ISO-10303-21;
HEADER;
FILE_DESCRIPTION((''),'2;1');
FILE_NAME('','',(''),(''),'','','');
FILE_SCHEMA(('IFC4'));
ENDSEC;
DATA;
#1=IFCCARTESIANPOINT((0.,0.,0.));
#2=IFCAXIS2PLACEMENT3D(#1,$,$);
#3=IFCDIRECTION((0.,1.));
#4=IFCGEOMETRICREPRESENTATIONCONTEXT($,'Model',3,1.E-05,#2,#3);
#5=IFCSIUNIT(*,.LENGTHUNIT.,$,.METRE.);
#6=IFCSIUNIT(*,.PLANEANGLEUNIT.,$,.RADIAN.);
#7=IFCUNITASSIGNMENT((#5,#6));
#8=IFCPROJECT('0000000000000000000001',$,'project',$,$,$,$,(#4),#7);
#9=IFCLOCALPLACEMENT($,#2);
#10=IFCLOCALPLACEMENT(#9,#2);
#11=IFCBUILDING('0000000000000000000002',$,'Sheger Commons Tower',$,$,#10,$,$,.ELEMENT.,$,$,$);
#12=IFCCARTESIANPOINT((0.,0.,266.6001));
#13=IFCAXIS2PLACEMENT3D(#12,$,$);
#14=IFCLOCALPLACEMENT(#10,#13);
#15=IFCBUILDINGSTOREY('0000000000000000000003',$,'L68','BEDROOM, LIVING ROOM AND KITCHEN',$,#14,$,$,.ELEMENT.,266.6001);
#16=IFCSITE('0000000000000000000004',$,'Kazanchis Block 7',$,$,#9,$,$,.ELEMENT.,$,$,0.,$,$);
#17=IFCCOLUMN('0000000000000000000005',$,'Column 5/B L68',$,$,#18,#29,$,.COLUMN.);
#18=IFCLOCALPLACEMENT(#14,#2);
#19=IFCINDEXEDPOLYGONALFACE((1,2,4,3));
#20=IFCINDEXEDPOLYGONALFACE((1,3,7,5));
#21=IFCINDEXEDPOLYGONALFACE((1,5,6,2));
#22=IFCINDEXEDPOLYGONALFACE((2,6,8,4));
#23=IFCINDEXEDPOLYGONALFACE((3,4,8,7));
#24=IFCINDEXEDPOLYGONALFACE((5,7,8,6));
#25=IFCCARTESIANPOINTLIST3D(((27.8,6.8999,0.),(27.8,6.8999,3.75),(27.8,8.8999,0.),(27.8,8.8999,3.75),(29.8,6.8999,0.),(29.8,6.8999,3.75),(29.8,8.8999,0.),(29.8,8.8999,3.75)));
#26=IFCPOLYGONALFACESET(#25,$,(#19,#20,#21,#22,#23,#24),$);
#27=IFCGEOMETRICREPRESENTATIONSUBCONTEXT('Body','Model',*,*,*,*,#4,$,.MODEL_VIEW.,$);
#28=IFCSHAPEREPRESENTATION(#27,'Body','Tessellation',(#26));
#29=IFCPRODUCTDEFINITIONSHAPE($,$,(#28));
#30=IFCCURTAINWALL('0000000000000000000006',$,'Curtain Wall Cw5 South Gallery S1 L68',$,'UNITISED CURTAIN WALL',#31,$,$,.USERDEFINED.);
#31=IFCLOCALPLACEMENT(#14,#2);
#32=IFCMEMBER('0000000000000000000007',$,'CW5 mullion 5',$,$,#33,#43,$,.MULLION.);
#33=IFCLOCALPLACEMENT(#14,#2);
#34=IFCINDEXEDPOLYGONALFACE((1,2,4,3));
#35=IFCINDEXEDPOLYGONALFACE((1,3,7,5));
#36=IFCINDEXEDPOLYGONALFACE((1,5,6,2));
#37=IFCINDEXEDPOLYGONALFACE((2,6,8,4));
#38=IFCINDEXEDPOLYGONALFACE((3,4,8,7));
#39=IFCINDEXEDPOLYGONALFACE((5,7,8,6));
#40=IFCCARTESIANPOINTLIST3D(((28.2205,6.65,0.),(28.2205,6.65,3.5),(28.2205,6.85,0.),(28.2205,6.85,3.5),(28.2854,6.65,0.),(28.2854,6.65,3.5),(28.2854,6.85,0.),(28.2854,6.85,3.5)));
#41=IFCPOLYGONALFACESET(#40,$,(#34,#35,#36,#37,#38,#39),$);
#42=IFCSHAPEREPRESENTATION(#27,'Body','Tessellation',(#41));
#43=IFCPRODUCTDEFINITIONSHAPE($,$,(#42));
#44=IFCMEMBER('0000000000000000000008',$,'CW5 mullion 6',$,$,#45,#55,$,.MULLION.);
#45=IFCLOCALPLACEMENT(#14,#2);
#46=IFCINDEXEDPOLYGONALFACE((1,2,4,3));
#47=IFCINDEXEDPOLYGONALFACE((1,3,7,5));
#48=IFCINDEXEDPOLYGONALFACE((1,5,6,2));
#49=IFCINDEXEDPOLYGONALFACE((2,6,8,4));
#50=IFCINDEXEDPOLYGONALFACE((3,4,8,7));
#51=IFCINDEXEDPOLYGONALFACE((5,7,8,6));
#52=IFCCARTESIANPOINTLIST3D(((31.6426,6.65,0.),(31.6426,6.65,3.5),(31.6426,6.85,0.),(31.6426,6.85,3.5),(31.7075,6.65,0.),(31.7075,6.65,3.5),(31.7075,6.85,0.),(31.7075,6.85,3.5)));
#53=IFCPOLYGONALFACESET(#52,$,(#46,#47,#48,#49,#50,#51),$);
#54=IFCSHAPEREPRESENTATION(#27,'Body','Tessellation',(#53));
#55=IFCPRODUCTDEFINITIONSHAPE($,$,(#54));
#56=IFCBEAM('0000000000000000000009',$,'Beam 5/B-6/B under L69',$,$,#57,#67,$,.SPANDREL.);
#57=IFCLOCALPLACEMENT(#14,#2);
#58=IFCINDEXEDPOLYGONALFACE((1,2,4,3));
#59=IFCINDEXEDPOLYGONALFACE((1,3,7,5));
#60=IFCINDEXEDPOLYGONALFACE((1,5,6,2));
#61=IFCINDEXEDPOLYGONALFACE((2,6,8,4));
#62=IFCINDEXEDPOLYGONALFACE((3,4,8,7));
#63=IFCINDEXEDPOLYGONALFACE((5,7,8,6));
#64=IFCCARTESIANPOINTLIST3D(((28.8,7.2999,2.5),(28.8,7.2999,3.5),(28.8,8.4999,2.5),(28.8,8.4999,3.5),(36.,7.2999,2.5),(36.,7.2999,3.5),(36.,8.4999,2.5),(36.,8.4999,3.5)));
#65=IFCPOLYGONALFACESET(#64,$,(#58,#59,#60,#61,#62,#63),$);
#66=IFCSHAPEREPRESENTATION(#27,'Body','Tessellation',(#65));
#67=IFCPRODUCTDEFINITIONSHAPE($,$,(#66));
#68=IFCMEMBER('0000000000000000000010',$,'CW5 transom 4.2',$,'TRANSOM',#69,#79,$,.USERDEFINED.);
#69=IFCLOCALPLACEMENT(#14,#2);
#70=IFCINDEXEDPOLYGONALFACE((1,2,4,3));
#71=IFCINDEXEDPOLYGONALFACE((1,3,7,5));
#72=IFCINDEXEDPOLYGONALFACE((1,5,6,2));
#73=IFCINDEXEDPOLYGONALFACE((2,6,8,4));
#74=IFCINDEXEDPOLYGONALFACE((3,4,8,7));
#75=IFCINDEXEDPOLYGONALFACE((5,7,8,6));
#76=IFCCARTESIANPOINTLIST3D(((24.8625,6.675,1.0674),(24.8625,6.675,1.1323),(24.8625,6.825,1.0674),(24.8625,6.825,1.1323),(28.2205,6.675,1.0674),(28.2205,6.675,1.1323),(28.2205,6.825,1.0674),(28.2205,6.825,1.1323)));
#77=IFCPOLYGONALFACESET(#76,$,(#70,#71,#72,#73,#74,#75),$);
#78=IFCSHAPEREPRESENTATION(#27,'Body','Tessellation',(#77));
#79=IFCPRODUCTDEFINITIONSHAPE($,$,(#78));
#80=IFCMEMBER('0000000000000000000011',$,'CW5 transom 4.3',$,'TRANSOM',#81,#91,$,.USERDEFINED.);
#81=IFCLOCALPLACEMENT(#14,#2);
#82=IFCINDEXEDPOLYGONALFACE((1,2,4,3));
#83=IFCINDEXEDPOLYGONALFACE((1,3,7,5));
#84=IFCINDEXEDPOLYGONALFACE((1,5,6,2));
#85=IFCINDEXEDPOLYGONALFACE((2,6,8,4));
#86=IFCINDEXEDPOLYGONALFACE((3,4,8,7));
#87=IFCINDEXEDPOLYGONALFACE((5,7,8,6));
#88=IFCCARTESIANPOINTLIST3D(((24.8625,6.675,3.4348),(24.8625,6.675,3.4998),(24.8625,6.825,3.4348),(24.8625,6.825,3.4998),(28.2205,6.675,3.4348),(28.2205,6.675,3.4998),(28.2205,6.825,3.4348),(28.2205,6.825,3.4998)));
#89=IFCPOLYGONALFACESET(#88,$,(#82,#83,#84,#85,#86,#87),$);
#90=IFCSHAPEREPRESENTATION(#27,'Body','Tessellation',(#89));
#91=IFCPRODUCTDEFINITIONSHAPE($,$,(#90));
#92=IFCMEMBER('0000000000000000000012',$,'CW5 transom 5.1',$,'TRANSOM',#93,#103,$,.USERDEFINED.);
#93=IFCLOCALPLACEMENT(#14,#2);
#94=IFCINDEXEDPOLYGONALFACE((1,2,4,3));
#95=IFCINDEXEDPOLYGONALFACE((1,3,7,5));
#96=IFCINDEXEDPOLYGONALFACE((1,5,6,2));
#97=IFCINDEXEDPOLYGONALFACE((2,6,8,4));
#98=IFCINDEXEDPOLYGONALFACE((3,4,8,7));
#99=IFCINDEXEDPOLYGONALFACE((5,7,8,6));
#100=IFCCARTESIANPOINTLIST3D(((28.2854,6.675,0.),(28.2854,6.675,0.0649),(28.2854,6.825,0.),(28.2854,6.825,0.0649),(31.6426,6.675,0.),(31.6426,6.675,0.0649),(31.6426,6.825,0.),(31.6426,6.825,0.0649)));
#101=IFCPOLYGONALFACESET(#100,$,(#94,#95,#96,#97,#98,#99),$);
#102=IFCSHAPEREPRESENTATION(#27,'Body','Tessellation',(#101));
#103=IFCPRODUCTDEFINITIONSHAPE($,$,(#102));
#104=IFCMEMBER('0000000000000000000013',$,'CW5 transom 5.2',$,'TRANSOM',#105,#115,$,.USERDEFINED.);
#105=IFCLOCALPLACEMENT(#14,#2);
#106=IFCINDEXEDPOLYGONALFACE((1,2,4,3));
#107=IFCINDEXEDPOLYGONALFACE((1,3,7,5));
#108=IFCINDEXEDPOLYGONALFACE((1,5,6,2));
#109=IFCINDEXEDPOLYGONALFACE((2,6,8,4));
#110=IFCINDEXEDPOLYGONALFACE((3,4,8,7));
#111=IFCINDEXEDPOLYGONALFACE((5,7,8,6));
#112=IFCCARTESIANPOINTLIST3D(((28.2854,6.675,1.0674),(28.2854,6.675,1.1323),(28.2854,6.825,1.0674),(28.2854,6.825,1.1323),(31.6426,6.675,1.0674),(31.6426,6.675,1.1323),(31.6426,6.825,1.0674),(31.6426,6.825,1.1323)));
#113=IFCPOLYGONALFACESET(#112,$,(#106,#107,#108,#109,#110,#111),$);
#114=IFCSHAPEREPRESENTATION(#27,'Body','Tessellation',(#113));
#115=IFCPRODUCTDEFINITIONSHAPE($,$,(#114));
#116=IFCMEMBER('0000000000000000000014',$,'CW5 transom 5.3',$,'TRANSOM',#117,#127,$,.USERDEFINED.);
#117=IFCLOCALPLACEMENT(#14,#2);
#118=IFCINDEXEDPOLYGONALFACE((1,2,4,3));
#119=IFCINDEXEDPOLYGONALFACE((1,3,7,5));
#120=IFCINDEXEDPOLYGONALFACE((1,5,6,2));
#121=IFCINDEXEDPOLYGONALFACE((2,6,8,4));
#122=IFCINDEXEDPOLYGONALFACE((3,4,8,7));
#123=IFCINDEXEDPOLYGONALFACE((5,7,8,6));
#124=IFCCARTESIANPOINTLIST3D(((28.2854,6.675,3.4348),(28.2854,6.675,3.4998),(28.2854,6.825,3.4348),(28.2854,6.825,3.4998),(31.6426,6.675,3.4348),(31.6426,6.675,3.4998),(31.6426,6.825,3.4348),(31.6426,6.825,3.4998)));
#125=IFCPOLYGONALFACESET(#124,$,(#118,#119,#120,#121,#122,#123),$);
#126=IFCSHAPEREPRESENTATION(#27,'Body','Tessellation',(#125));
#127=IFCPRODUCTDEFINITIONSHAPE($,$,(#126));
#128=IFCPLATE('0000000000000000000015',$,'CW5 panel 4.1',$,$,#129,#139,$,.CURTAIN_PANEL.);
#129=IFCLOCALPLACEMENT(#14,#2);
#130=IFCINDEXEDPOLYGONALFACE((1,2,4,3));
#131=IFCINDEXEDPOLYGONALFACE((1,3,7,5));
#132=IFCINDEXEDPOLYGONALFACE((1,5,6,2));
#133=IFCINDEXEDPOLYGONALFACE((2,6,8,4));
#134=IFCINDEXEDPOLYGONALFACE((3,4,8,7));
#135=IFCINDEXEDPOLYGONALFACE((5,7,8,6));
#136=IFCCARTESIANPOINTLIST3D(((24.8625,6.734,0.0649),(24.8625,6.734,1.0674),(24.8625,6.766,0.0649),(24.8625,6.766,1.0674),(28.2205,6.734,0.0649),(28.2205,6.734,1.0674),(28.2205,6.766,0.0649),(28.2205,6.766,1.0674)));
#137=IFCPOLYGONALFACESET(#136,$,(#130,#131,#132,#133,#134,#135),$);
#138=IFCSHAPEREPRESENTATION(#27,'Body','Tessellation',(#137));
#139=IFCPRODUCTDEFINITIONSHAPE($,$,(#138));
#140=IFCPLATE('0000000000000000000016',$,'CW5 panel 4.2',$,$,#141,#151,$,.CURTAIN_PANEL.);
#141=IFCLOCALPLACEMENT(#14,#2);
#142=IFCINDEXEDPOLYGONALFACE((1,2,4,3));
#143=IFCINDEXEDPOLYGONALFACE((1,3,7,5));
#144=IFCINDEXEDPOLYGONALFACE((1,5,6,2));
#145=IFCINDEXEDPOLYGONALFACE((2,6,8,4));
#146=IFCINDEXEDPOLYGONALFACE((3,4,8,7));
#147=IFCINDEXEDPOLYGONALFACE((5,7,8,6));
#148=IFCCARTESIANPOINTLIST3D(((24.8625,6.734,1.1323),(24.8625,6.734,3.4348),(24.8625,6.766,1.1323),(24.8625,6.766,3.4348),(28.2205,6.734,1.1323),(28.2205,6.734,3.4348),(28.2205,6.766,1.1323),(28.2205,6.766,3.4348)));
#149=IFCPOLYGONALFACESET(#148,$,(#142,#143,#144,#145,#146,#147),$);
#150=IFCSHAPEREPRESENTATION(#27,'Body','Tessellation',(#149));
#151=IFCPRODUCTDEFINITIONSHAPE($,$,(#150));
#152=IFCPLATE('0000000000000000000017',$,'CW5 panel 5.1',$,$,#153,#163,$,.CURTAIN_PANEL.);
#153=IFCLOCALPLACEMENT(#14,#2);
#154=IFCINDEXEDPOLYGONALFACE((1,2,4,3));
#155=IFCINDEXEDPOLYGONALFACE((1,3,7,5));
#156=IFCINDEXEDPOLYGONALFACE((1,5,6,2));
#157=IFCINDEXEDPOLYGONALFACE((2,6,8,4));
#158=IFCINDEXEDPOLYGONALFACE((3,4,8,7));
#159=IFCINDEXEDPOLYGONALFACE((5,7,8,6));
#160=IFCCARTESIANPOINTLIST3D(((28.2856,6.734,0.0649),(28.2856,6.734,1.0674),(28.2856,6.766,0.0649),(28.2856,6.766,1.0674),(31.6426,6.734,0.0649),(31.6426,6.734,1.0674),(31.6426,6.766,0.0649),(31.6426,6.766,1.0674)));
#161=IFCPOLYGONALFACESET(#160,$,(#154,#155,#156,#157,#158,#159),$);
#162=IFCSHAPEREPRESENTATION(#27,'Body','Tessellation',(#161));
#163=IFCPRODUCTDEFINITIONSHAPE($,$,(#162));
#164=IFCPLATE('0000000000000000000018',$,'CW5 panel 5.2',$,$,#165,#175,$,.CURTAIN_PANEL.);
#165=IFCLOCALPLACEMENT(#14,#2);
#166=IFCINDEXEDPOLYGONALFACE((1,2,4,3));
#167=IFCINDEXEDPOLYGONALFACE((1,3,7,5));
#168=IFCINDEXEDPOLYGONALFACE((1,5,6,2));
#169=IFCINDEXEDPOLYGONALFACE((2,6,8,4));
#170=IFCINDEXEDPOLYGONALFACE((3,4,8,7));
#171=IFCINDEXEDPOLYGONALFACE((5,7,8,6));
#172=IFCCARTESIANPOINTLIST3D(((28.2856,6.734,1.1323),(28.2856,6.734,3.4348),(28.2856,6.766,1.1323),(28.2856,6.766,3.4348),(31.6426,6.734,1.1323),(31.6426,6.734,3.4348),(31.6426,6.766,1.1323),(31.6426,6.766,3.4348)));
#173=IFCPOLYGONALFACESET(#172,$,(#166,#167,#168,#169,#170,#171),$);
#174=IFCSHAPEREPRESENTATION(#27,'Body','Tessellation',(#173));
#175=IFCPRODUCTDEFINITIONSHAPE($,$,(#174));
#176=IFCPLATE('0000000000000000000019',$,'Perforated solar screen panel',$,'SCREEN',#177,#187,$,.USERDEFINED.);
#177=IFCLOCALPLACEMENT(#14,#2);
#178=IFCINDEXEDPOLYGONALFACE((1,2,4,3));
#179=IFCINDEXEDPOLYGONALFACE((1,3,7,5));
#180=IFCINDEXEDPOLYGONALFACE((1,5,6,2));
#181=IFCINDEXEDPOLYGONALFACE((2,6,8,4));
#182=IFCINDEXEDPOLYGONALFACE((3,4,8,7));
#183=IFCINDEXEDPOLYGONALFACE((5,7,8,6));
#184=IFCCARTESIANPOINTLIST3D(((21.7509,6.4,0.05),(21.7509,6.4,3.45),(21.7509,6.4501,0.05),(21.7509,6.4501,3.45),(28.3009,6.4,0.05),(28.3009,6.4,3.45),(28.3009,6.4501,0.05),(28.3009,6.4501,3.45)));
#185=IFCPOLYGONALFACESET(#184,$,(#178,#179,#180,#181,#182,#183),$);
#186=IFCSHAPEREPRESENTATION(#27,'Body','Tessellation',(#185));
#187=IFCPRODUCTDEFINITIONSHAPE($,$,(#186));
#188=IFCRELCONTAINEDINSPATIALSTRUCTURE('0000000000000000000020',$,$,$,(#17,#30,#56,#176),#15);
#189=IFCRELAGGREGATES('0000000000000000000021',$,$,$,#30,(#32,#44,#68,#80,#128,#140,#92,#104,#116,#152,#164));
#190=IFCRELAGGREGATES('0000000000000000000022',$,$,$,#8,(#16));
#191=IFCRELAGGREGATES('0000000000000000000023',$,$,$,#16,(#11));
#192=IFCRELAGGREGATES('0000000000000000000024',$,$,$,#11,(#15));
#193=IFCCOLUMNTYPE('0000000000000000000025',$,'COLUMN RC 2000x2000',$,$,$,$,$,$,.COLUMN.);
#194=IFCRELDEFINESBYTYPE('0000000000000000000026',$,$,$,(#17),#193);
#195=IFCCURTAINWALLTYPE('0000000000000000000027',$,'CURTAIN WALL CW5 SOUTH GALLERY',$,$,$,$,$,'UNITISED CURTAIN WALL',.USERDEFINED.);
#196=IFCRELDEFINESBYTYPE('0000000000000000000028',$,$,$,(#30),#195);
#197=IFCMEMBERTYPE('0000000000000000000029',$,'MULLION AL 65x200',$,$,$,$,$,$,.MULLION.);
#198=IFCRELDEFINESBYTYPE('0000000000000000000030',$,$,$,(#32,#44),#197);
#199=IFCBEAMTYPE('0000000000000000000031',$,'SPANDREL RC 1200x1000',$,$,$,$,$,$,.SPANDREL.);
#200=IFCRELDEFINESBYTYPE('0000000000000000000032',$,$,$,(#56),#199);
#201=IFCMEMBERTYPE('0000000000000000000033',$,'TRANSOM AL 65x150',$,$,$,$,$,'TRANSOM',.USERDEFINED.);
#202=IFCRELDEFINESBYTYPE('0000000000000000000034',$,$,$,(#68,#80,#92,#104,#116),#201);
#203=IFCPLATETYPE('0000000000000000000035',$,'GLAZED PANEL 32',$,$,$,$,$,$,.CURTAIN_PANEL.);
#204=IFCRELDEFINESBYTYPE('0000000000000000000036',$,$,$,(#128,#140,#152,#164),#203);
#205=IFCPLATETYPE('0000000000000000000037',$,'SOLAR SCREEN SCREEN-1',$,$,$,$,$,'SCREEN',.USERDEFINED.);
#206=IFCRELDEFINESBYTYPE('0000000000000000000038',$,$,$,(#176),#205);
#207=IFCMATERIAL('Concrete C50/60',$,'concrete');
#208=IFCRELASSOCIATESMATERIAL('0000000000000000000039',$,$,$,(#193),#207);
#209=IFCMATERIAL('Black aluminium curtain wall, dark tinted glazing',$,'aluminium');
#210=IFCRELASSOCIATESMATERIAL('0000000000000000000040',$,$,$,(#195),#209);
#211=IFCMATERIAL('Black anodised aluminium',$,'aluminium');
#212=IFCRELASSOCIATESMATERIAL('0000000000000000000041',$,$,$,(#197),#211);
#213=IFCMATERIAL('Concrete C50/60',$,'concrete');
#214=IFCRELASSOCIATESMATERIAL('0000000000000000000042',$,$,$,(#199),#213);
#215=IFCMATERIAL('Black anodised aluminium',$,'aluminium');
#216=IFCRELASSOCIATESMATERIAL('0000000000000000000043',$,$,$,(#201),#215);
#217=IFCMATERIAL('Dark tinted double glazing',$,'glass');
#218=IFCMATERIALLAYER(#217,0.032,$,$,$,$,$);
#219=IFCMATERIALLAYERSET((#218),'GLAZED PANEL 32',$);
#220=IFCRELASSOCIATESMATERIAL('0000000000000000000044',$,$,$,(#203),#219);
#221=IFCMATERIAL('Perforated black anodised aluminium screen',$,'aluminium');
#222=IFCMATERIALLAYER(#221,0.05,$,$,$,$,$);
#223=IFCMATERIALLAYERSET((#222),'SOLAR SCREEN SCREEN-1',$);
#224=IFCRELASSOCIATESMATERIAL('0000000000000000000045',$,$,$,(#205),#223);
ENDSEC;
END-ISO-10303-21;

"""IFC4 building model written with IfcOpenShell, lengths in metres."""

from ifc_helpers import new_model, si_unit, direction, frame, origin, origin_2d, place, context, subcontext, project, spatial, rectangle, extrude, material, layer, layer_set, material_profile, profile_set, type_object, element, aggregate, save


model = new_model("IFC4")

# Units and contexts
model_context = context("Model", 3, precision=1e-05, world=origin(), true_north=direction((0.0, 1.0)))
body_context = subcontext(model_context, "Body", "Model", "MODEL_VIEW")
ifc_project = project(units=[si_unit("LENGTHUNIT", "METRE"), si_unit("PLANEANGLEUNIT", "RADIAN")], contexts=[model_context])

# Site, building, storey
site_placement = place(None, origin())
site = spatial("IfcSite", under=ifc_project, at=site_placement, Name="Kazanchis Block 7", CompositionType="ELEMENT", RefElevation=0.0)
building_placement = place(site_placement, origin())
building = spatial("IfcBuilding", under=site, at=building_placement, Name="Sheger Commons Tower", CompositionType="ELEMENT")
storey_placement = place(building_placement, frame((0.0, 0.0, 266.6001)))
storey = spatial("IfcBuildingStorey", under=building, at=storey_placement, Name="L68", Description="BEDROOM, LIVING ROOM AND KITCHEN", CompositionType="ELEMENT", Elevation=266.6001)

# Column
ifc_material_1 = material(Name="Concrete C50/60", Category="concrete")
ifc_material_profile_1 = material_profile(ifc_material_1, rectangle(XDim=2.0, YDim=2.0, at=origin_2d()), Name="RC 2000x2000")
ifc_profile_set_1 = profile_set([ifc_material_profile_1], Name="Concrete C50/60")
column_type = type_object("IfcColumnType", Name="COLUMN RC 2000x2000", PredefinedType="COLUMN", material=ifc_profile_set_1)
column_placement = place(storey_placement, frame((28.8, 7.8999, 0.0), z_axis=(0.0, 0.0, 1.0), x_axis=(1.0, 0.0, 0.0)))
element("IfcColumn", 1, at=column_placement, inside=storey, type_object=column_type, Name="Column 5/B L68", PredefinedType="COLUMN", context=body_context, shape_type="SweptSolid", body=[
    extrude(rectangle(XDim=2.0, YDim=2.0, at=origin_2d()), origin(), (0.0, 0.0, 1.0), 3.75),
])

# Curtain wall, members
ifc_material_2 = material(Name="Black aluminium curtain wall, dark tinted glazing", Category="aluminium")
curtain_wall_type = type_object("IfcCurtainWallType", Name="CURTAIN WALL CW5 SOUTH GALLERY", ElementType="UNITISED CURTAIN WALL", PredefinedType="USERDEFINED", material=ifc_material_2)
curtain_wall_placement = place(storey_placement, origin())
curtain_wall = element("IfcCurtainWall", 2, at=curtain_wall_placement, inside=storey, type_object=curtain_wall_type, Name="Curtain Wall Cw5 South Gallery S1 L68", ObjectType="UNITISED CURTAIN WALL", PredefinedType="USERDEFINED")
ifc_material_3 = material(Name="Black anodised aluminium", Category="aluminium")
ifc_material_profile_2 = material_profile(ifc_material_3, rectangle(XDim=0.2, YDim=0.0649, at=origin_2d()), Name="AL 65x200")
ifc_profile_set_2 = profile_set([ifc_material_profile_2], Name="Black anodised aluminium")
member_type_1 = type_object("IfcMemberType", Name="MULLION AL 65x200", PredefinedType="MULLION", material=ifc_profile_set_2)
member_1_placement = place(storey_placement, frame((28.2529, 6.75, 0.0), z_axis=(0.0, 0.0, 1.0), x_axis=(0.0, 1.0, 0.0)))
member_1 = element("IfcMember", 3, at=member_1_placement, type_object=member_type_1, Name="CW5 mullion 5", PredefinedType="MULLION", context=body_context, shape_type="SweptSolid", body=[
    extrude(rectangle(XDim=0.2, YDim=0.0649, at=origin_2d()), origin(), (0.0, 0.0, 1.0), 3.5),
])
member_2_placement = place(storey_placement, frame((31.675, 6.75, 0.0), z_axis=(0.0, 0.0, 1.0), x_axis=(0.0, 1.0, 0.0)))
member_2 = element("IfcMember", 4, at=member_2_placement, type_object=member_type_1, Name="CW5 mullion 6", PredefinedType="MULLION", context=body_context, shape_type="SweptSolid", body=[
    extrude(rectangle(XDim=0.2, YDim=0.0649, at=origin_2d()), origin(), (0.0, 0.0, 1.0), 3.5),
])

# Beam
ifc_material_4 = material(Name="Concrete C50/60", Category="concrete")
ifc_material_profile_3 = material_profile(ifc_material_4, rectangle(XDim=1.2, YDim=1.0, at=origin_2d()), Name="RC 1200x1000")
ifc_profile_set_3 = profile_set([ifc_material_profile_3], Name="Concrete C50/60")
beam_type = type_object("IfcBeamType", Name="SPANDREL RC 1200x1000", PredefinedType="SPANDREL", material=ifc_profile_set_3)
beam_placement = place(storey_placement, frame((28.8, 7.8999, 3.0), z_axis=(1.0, 0.0, 0.0), x_axis=(0.0, 1.0, 0.0)))
element("IfcBeam", 5, at=beam_placement, inside=storey, type_object=beam_type, Name="Beam 5/B-6/B under L69", PredefinedType="SPANDREL", context=body_context, shape_type="SweptSolid", body=[
    extrude(rectangle(XDim=1.2, YDim=1.0, at=origin_2d()), origin(), (0.0, 0.0, 1.0), 7.2),
])

# Members
ifc_material_5 = material(Name="Black anodised aluminium", Category="aluminium")
ifc_material_profile_4 = material_profile(ifc_material_5, rectangle(XDim=0.1499, YDim=0.0649, at=origin_2d()), Name="AL 65x150")
ifc_profile_set_4 = profile_set([ifc_material_profile_4], Name="Black anodised aluminium")
member_type_2 = type_object("IfcMemberType", Name="TRANSOM AL 65x150", ElementType="TRANSOM", PredefinedType="USERDEFINED", material=ifc_profile_set_4)
member_3_placement = place(storey_placement, frame((24.8625, 6.75, 1.0999), z_axis=(1.0, 0.0, 0.0), x_axis=(0.0, 1.0, 0.0)))
member_3 = element("IfcMember", 6, at=member_3_placement, type_object=member_type_2, Name="CW5 transom 4.2", ObjectType="TRANSOM", PredefinedType="USERDEFINED", context=body_context, shape_type="SweptSolid", body=[
    extrude(rectangle(XDim=0.1499, YDim=0.0649, at=origin_2d()), origin(), (0.0, 0.0, 1.0), 3.3579),
])
member_4_placement = place(storey_placement, frame((24.8625, 6.75, 3.4673), z_axis=(1.0, 0.0, 0.0), x_axis=(0.0, 1.0, 0.0)))
member_4 = element("IfcMember", 7, at=member_4_placement, type_object=member_type_2, Name="CW5 transom 4.3", ObjectType="TRANSOM", PredefinedType="USERDEFINED", context=body_context, shape_type="SweptSolid", body=[
    extrude(rectangle(XDim=0.1499, YDim=0.0649, at=origin_2d()), origin(), (0.0, 0.0, 1.0), 3.3579),
])
member_5_placement = place(storey_placement, frame((28.2854, 6.75, 0.0325), z_axis=(1.0, 0.0, 0.0), x_axis=(0.0, 1.0, 0.0)))
member_5 = element("IfcMember", 8, at=member_5_placement, type_object=member_type_2, Name="CW5 transom 5.1", ObjectType="TRANSOM", PredefinedType="USERDEFINED", context=body_context, shape_type="SweptSolid", body=[
    extrude(rectangle(XDim=0.1499, YDim=0.0649, at=origin_2d()), origin(), (0.0, 0.0, 1.0), 3.3572),
])
member_6_placement = place(storey_placement, frame((28.2854, 6.75, 1.0999), z_axis=(1.0, 0.0, 0.0), x_axis=(0.0, 1.0, 0.0)))
member_6 = element("IfcMember", 9, at=member_6_placement, type_object=member_type_2, Name="CW5 transom 5.2", ObjectType="TRANSOM", PredefinedType="USERDEFINED", context=body_context, shape_type="SweptSolid", body=[
    extrude(rectangle(XDim=0.1499, YDim=0.0649, at=origin_2d()), origin(), (0.0, 0.0, 1.0), 3.3572),
])
member_7_placement = place(storey_placement, frame((28.2854, 6.75, 3.4673), z_axis=(1.0, 0.0, 0.0), x_axis=(0.0, 1.0, 0.0)))
member_7 = element("IfcMember", 10, at=member_7_placement, type_object=member_type_2, Name="CW5 transom 5.3", ObjectType="TRANSOM", PredefinedType="USERDEFINED", context=body_context, shape_type="SweptSolid", body=[
    extrude(rectangle(XDim=0.1499, YDim=0.0649, at=origin_2d()), origin(), (0.0, 0.0, 1.0), 3.3572),
])

# Plates
ifc_material_6 = material(Name="Dark tinted double glazing", Category="glass")
ifc_layer_1 = layer(ifc_material_6, 0.032)
ifc_layer_set_1 = layer_set([ifc_layer_1], Name="GLAZED PANEL 32")
plate_type_1 = type_object("IfcPlateType", Name="GLAZED PANEL 32", PredefinedType="CURTAIN_PANEL", material=ifc_layer_set_1)
plate_1_placement = place(storey_placement, frame((26.5415, 6.75, 0.0649), z_axis=(0.0, 0.0, 1.0), x_axis=(1.0, 0.0, 0.0)))
plate_1 = element("IfcPlate", 11, at=plate_1_placement, type_object=plate_type_1, Name="CW5 panel 4.1", PredefinedType="CURTAIN_PANEL", context=body_context, shape_type="SweptSolid", body=[
    extrude(rectangle(XDim=3.3579, YDim=0.032, at=origin_2d()), origin(), (0.0, 0.0, 1.0), 1.0024),
])
plate_2_placement = place(storey_placement, frame((26.5415, 6.75, 1.1323), z_axis=(0.0, 0.0, 1.0), x_axis=(1.0, 0.0, 0.0)))
plate_2 = element("IfcPlate", 12, at=plate_2_placement, type_object=plate_type_1, Name="CW5 panel 4.2", PredefinedType="CURTAIN_PANEL", context=body_context, shape_type="SweptSolid", body=[
    extrude(rectangle(XDim=3.3579, YDim=0.032, at=origin_2d()), origin(), (0.0, 0.0, 1.0), 2.3025),
])
plate_3_placement = place(storey_placement, frame((29.9641, 6.75, 0.0649), z_axis=(0.0, 0.0, 1.0), x_axis=(1.0, 0.0, 0.0)))
plate_3 = element("IfcPlate", 13, at=plate_3_placement, type_object=plate_type_1, Name="CW5 panel 5.1", PredefinedType="CURTAIN_PANEL", context=body_context, shape_type="SweptSolid", body=[
    extrude(rectangle(XDim=3.3569, YDim=0.032, at=origin_2d()), origin(), (0.0, 0.0, 1.0), 1.0024),
])
plate_4_placement = place(storey_placement, frame((29.9641, 6.75, 1.1323), z_axis=(0.0, 0.0, 1.0), x_axis=(1.0, 0.0, 0.0)))
plate_4 = element("IfcPlate", 14, at=plate_4_placement, type_object=plate_type_1, Name="CW5 panel 5.2", PredefinedType="CURTAIN_PANEL", context=body_context, shape_type="SweptSolid", body=[
    extrude(rectangle(XDim=3.3569, YDim=0.032, at=origin_2d()), origin(), (0.0, 0.0, 1.0), 2.3025),
])
aggregate(curtain_wall, [member_1, member_2, member_3, member_4, plate_1, plate_2, member_5, member_6, member_7, plate_3, plate_4])

# Plate
ifc_material_7 = material(Name="Perforated black anodised aluminium screen", Category="aluminium")
ifc_layer_2 = layer(ifc_material_7, 0.05)
ifc_layer_set_2 = layer_set([ifc_layer_2], Name="SOLAR SCREEN SCREEN-1")
plate_type_2 = type_object("IfcPlateType", Name="SOLAR SCREEN SCREEN-1", ElementType="SCREEN", PredefinedType="USERDEFINED", material=ifc_layer_set_2)
for number, where, z_axis, x_axis, name in (
    (15, (25.0259, 6.425, 0.05), (0.0, 0.0, 1.0), (1.0, 0.0, 0.0), "Perforated solar screen panel"),
):
    element("IfcPlate", number, at=place(storey_placement, frame(where, z_axis=z_axis, x_axis=x_axis)), inside=storey, type_object=plate_type_2, Name=name, ObjectType="SCREEN", PredefinedType="USERDEFINED", context=body_context, shape_type="SweptSolid", body=[
        extrude(rectangle(XDim=6.55, YDim=0.05, at=origin_2d()), origin(), (0.0, 0.0, 1.0), 3.3999),
    ])

save(model, "model.ifc")
